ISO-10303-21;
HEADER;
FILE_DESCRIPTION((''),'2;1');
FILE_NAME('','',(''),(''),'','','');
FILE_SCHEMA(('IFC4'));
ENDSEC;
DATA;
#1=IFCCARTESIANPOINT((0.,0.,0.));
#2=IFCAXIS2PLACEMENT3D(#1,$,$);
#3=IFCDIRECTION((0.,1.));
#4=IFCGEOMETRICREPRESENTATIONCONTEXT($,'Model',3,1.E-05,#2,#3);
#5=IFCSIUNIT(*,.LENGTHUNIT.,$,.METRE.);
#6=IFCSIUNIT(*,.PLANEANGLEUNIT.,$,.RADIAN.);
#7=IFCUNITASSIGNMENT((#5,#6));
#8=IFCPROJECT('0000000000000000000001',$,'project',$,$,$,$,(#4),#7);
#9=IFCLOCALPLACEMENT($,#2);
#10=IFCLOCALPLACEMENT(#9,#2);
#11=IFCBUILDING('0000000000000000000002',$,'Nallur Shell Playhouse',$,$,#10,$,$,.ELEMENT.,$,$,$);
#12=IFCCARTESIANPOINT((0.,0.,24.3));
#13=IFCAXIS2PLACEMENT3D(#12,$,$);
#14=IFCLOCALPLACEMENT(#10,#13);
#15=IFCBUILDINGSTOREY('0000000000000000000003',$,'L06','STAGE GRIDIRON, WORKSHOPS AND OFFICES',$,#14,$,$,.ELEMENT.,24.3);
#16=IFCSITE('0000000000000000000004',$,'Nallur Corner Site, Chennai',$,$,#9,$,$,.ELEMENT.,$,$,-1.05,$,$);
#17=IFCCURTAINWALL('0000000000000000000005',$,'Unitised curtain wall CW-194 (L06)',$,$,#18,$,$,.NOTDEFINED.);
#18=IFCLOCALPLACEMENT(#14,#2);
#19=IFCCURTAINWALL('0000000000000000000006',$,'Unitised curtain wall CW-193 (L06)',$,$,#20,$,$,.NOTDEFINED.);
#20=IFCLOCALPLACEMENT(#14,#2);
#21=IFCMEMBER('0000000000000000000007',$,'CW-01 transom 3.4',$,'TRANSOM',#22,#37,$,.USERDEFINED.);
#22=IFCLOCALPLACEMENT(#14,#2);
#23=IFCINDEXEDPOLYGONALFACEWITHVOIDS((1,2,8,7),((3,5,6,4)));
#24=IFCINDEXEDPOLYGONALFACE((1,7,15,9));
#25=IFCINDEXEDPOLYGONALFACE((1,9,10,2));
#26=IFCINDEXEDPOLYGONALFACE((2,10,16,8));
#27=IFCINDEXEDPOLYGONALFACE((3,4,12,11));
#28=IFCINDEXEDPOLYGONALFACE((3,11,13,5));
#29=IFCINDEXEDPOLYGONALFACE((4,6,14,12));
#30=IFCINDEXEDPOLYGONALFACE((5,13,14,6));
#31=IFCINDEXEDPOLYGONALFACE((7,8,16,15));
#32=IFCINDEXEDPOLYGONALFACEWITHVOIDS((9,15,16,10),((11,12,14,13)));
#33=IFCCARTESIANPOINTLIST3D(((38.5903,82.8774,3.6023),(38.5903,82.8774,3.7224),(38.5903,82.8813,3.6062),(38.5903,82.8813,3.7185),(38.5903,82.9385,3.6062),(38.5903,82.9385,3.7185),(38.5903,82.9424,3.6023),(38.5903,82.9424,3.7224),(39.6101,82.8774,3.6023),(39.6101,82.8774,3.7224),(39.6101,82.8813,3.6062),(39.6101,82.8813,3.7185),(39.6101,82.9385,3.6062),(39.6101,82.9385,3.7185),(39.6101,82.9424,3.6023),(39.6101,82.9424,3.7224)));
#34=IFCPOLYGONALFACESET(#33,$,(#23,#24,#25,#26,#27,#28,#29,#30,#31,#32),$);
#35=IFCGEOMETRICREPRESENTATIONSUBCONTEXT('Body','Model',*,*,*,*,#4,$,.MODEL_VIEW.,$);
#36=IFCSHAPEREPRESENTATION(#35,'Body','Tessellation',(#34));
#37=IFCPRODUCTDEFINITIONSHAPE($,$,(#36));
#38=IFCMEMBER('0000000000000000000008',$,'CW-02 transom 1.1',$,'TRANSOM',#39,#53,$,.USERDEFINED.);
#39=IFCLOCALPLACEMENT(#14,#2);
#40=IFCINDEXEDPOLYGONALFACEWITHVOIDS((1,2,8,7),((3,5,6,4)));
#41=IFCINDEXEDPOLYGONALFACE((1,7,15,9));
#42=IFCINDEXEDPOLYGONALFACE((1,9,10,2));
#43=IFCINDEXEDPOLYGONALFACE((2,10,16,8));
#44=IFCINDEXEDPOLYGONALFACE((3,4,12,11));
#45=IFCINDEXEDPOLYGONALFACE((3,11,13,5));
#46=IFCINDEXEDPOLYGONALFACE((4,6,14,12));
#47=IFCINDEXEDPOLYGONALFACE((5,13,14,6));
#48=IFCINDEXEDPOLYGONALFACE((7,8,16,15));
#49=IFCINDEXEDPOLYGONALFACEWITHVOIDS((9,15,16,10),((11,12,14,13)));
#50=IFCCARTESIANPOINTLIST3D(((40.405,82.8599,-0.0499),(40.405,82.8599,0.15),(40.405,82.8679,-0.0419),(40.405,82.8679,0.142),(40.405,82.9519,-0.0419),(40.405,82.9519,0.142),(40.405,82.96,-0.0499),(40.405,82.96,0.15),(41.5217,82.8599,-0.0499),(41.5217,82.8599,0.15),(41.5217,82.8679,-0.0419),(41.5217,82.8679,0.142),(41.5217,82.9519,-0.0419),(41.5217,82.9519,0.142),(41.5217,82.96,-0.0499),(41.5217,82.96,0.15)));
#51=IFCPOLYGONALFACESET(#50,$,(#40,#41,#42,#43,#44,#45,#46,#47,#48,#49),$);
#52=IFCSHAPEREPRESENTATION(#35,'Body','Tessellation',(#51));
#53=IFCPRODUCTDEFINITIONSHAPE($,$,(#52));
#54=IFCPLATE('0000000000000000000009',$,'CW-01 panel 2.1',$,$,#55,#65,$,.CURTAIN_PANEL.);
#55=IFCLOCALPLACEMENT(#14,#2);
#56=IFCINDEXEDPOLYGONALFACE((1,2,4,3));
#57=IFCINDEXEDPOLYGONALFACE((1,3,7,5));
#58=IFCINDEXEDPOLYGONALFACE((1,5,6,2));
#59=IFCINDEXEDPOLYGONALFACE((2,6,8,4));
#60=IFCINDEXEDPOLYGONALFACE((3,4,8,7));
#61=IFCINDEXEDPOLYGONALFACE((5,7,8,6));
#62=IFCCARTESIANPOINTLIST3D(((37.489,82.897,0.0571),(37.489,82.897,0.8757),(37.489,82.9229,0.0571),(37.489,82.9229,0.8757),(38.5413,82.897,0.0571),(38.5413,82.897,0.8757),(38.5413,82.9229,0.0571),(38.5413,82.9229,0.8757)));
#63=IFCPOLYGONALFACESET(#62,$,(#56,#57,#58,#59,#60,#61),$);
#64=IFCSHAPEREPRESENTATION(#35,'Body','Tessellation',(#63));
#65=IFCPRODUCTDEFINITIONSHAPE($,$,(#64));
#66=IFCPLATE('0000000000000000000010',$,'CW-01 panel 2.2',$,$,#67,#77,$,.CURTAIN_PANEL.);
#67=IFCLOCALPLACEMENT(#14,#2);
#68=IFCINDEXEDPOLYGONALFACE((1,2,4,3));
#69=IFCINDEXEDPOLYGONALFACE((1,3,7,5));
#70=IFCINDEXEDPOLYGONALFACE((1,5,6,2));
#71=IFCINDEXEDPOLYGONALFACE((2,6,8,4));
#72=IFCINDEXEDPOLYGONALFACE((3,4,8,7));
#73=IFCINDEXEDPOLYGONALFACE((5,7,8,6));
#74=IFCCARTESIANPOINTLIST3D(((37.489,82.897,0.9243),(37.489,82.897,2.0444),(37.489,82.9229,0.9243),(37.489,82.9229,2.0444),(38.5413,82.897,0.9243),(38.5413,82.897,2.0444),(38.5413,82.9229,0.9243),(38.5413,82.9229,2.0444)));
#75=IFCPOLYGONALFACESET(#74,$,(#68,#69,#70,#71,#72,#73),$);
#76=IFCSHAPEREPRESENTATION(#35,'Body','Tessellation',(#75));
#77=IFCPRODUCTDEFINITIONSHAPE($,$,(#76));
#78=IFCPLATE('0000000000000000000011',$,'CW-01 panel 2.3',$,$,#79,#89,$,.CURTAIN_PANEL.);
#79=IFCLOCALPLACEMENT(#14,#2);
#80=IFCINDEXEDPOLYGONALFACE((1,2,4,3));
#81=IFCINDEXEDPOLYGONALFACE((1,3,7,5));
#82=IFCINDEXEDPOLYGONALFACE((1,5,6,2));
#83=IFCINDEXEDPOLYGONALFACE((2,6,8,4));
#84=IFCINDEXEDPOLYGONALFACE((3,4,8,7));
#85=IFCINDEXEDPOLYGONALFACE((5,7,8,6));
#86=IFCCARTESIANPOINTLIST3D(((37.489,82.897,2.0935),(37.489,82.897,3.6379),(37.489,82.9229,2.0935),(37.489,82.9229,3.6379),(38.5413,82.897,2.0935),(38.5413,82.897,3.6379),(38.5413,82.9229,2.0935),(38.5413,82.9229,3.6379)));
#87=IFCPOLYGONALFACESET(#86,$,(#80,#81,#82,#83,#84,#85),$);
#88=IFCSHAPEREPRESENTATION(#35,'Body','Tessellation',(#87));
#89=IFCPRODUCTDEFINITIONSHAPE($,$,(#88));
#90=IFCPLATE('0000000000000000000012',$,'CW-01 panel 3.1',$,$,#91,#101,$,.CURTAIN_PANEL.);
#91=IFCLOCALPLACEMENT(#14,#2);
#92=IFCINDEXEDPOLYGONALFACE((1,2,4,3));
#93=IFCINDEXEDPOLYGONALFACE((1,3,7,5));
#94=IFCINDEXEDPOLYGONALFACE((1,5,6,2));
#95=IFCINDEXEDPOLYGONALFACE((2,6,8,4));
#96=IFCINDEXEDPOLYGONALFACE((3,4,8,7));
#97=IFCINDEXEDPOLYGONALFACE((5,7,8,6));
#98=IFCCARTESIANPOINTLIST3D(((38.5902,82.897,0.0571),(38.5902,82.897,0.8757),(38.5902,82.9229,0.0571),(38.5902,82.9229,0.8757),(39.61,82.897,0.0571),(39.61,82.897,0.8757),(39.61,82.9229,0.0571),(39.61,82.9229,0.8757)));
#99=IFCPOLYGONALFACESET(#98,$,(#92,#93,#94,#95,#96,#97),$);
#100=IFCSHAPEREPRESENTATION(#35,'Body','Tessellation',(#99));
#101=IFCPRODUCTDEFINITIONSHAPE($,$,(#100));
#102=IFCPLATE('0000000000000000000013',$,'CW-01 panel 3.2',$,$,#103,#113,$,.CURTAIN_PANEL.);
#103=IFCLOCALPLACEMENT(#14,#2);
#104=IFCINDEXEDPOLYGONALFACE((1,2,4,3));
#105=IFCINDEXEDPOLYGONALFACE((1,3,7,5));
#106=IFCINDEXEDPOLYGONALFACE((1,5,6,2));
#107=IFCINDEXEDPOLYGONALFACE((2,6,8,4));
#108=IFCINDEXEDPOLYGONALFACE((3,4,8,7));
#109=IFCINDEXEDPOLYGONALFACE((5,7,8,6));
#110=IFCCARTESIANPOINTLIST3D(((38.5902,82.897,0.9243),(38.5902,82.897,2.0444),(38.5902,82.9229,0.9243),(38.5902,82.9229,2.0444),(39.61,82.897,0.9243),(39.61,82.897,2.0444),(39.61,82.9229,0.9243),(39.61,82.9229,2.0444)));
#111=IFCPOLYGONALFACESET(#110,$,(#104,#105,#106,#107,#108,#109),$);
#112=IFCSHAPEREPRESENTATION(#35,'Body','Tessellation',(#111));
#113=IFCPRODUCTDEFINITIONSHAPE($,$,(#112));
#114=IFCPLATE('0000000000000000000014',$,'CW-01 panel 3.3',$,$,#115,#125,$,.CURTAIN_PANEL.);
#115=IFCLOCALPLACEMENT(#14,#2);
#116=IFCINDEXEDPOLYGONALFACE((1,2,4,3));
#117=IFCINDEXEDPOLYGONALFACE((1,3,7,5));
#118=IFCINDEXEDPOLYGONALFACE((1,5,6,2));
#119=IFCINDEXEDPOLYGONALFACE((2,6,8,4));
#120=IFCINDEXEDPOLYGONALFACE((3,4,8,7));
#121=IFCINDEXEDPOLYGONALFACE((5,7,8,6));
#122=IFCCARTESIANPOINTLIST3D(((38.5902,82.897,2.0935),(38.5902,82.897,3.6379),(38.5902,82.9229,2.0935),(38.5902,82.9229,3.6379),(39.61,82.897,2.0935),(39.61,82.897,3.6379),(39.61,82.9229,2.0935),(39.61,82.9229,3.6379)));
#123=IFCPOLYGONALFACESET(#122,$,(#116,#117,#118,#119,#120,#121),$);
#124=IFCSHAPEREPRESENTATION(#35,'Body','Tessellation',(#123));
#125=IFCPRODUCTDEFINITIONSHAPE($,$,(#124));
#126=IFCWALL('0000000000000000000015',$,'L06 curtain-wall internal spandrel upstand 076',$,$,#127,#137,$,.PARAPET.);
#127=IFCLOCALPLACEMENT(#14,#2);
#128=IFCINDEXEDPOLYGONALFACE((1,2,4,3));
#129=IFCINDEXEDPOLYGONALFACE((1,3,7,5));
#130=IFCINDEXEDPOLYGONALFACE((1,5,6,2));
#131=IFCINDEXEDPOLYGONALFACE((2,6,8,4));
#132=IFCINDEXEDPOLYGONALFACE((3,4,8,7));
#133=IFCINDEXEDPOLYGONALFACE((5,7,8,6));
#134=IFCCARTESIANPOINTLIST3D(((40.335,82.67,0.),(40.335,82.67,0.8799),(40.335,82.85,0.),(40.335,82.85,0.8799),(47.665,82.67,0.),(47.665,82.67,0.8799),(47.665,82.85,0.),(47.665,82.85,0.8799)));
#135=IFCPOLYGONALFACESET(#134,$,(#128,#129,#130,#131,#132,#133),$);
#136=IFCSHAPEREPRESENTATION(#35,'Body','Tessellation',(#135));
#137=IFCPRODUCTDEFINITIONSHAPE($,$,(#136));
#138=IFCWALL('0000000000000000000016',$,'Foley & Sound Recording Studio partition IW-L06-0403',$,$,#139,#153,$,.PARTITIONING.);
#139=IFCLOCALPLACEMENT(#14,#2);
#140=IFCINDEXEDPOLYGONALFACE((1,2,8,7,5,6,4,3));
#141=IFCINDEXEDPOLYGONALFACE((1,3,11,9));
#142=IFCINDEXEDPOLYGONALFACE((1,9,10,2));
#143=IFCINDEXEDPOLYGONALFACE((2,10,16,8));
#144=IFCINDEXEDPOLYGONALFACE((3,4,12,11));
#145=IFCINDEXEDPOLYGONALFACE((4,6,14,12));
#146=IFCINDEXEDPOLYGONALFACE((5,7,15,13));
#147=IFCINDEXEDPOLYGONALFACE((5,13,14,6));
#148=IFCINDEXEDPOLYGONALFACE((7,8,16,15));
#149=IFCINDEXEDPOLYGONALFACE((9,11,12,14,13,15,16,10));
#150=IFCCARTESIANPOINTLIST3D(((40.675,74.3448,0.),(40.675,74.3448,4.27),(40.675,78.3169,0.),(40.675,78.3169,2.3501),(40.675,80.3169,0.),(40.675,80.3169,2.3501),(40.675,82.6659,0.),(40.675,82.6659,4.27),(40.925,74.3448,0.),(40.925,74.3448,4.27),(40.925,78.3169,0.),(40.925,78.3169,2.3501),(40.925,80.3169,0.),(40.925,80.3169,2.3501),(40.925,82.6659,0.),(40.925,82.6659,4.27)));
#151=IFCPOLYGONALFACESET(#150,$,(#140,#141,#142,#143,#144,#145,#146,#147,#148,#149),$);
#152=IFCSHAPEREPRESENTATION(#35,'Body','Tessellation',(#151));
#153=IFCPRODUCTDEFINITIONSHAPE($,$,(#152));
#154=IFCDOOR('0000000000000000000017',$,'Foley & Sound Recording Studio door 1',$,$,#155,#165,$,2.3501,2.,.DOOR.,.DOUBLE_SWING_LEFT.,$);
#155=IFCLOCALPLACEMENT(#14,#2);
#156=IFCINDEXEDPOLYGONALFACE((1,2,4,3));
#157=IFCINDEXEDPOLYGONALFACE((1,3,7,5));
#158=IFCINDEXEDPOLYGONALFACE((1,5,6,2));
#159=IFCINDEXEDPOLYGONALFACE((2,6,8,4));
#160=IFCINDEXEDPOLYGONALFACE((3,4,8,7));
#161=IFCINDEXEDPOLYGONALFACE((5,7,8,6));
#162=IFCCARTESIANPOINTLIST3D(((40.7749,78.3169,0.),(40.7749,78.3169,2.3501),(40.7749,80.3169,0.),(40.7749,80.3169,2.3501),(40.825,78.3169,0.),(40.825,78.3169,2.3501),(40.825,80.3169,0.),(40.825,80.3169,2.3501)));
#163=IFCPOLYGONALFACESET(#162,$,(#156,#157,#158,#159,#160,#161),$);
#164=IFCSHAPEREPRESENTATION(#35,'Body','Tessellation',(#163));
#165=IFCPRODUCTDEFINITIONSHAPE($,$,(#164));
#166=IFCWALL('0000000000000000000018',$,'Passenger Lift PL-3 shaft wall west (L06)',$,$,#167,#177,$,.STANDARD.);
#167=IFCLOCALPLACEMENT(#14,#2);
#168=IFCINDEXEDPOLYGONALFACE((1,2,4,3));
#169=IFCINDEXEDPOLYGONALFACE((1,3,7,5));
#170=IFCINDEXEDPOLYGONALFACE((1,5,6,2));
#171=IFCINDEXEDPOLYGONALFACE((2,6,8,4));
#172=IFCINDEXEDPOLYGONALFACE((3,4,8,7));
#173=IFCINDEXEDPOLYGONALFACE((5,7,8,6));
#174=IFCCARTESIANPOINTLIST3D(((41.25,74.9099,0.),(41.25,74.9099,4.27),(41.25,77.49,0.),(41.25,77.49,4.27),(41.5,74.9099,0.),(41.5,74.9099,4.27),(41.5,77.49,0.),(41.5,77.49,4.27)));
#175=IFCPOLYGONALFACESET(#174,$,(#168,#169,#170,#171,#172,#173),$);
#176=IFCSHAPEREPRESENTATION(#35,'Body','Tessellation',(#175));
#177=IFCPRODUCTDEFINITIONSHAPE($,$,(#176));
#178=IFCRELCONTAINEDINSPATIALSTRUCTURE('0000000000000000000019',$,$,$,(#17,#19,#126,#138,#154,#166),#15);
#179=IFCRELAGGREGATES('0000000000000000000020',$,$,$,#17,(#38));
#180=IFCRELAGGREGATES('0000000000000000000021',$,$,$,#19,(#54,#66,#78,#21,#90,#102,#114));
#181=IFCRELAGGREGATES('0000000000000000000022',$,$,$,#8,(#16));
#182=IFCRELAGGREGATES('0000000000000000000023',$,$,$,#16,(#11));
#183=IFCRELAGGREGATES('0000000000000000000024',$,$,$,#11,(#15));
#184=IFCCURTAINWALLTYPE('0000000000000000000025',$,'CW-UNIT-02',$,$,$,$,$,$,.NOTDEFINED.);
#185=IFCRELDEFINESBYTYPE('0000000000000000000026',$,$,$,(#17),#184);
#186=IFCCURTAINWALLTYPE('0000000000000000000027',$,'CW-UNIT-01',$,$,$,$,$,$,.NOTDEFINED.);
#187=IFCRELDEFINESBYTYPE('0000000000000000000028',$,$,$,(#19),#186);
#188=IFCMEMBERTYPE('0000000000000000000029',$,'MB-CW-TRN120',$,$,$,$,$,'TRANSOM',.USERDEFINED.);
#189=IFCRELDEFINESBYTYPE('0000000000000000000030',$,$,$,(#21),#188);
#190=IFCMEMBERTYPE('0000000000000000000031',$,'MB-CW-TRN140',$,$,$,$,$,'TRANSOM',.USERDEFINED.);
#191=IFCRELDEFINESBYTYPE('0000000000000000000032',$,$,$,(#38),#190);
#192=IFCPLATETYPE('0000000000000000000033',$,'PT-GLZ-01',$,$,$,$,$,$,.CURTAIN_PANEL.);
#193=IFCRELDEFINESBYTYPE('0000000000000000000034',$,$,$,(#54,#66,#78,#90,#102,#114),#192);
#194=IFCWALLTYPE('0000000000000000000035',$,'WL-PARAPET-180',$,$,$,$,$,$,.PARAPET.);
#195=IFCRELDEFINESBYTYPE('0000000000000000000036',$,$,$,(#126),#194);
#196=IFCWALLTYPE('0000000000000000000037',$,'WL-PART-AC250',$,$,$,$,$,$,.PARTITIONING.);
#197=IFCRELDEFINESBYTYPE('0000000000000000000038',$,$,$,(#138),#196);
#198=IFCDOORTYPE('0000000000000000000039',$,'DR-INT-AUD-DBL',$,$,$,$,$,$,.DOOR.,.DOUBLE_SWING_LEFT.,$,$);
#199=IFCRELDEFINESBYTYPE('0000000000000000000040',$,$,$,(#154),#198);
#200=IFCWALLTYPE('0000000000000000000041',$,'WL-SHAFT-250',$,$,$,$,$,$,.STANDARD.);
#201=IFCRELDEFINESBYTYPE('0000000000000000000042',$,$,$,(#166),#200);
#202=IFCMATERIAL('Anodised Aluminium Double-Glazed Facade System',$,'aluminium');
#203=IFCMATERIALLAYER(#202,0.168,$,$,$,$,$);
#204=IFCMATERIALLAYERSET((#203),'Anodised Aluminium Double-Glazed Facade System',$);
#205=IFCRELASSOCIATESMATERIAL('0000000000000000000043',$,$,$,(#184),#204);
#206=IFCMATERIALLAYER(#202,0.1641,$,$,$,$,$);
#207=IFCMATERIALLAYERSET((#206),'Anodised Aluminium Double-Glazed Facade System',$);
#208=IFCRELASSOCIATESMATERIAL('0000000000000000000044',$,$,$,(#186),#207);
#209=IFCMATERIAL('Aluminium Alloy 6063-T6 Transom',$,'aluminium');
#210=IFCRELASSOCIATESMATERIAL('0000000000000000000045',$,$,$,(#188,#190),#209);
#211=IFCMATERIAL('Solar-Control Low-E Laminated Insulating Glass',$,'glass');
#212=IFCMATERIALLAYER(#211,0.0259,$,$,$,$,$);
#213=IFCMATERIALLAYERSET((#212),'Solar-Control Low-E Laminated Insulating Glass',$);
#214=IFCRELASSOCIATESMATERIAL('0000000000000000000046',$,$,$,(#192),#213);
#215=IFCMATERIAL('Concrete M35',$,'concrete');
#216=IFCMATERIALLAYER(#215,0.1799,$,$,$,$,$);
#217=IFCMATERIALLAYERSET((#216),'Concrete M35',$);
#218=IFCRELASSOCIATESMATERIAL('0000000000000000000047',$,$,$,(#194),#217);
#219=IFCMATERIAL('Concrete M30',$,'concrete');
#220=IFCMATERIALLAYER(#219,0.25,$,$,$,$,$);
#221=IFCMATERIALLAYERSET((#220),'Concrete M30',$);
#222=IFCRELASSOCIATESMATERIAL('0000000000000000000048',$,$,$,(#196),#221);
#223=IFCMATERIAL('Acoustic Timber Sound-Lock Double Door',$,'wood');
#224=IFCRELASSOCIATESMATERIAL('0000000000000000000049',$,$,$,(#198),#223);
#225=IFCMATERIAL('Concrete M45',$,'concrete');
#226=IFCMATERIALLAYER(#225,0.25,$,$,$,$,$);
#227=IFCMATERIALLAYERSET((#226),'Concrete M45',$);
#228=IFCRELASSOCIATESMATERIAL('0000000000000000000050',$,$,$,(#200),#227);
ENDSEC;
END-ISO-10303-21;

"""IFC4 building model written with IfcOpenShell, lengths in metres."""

from ifc_helpers import new_model, si_unit, direction, frame, frame_2d, origin, origin_2d, place, context, subcontext, project, spatial, rectangle, hollow_rectangle, extrude, material, layer, layer_set, material_profile, profile_set, type_object, element, fill, aggregate, save


model = new_model("IFC4")

# Units and contexts
model_context = context("Model", 3, precision=1e-05, world=origin(), true_north=direction((0.0, 1.0)))
body_context = subcontext(model_context, "Body", "Model", "MODEL_VIEW")
ifc_project = project(units=[si_unit("LENGTHUNIT", "METRE"), si_unit("PLANEANGLEUNIT", "RADIAN")], contexts=[model_context])

# Site, building, storey
site_placement = place(None, origin())
site = spatial("IfcSite", under=ifc_project, at=site_placement, Name="Nallur Corner Site, Chennai", CompositionType="ELEMENT", RefElevation=-1.05)
building_placement = place(site_placement, origin())
building = spatial("IfcBuilding", under=site, at=building_placement, Name="Nallur Shell Playhouse", CompositionType="ELEMENT")
storey_placement = place(building_placement, frame((0.0, 0.0, 24.3)))
storey = spatial("IfcBuildingStorey", under=building, at=storey_placement, Name="L06", Description="STAGE GRIDIRON, WORKSHOPS AND OFFICES", CompositionType="ELEMENT", Elevation=24.3)

# Curtain wall
ifc_material_1 = material(Name="Anodised Aluminium Double-Glazed Facade System", Category="aluminium")
ifc_layer_1 = layer(ifc_material_1, 0.168)
ifc_layer_set_1 = layer_set([ifc_layer_1], Name="Anodised Aluminium Double-Glazed Facade System")
curtain_wall_type_1 = type_object("IfcCurtainWallType", Name="CW-UNIT-02", PredefinedType="NOTDEFINED", material=ifc_layer_set_1)
curtain_wall_1_placement = place(storey_placement, origin())
curtain_wall_1 = element("IfcCurtainWall", 1, at=curtain_wall_1_placement, inside=storey, type_object=curtain_wall_type_1, Name="Unitised curtain wall CW-194 (L06)", PredefinedType="NOTDEFINED")

# Curtain wall, member
ifc_layer_2 = layer(ifc_material_1, 0.1641)
ifc_layer_set_2 = layer_set([ifc_layer_2], Name="Anodised Aluminium Double-Glazed Facade System")
curtain_wall_type_2 = type_object("IfcCurtainWallType", Name="CW-UNIT-01", PredefinedType="NOTDEFINED", material=ifc_layer_set_2)
curtain_wall_2_placement = place(storey_placement, origin())
curtain_wall_2 = element("IfcCurtainWall", 2, at=curtain_wall_2_placement, inside=storey, type_object=curtain_wall_type_2, Name="Unitised curtain wall CW-193 (L06)", PredefinedType="NOTDEFINED")
ifc_material_2 = material(Name="Aluminium Alloy 6063-T6 Transom", Category="aluminium")
ifc_material_profile_1 = material_profile(ifc_material_2, hollow_rectangle(XDim=0.0649, YDim=0.1201, WallThickness=0.0039, at=origin_2d()), Name="ALU 65x120x4")
ifc_profile_set_1 = profile_set([ifc_material_profile_1], Name="Aluminium Alloy 6063-T6 Transom")
member_type_1 = type_object("IfcMemberType", Name="MB-CW-TRN120", ElementType="TRANSOM", PredefinedType="USERDEFINED", material=ifc_profile_set_1)
member_1_placement = place(storey_placement, frame((38.5903, 82.9099, 3.6624), z_axis=(1.0, 0.0, 0.0), x_axis=(0.0, 1.0, 0.0)))
member_1 = element("IfcMember", 3, at=member_1_placement, type_object=member_type_1, Name="CW-01 transom 3.4", ObjectType="TRANSOM", PredefinedType="USERDEFINED", context=body_context, shape_type="SweptSolid", body=[
    extrude(hollow_rectangle(XDim=0.0649, YDim=0.1201, WallThickness=0.0039, at=origin_2d()), origin(), (0.0, 0.0, 1.0), 1.0198),
])

# Member
ifc_material_profile_2 = material_profile(ifc_material_2, hollow_rectangle(XDim=0.1001, YDim=0.2, WallThickness=0.0081, at=origin_2d()), Name="RHS 200x100x8")
ifc_profile_set_2 = profile_set([ifc_material_profile_2], Name="Aluminium Alloy 6063-T6 Transom")
member_type_2 = type_object("IfcMemberType", Name="MB-CW-TRN140", ElementType="TRANSOM", PredefinedType="USERDEFINED", material=ifc_profile_set_2)
member_2_placement = place(storey_placement, frame((40.405, 82.9099, 0.05), z_axis=(1.0, 0.0, 0.0), x_axis=(0.0, 1.0, 0.0)))
member_2 = element("IfcMember", 4, at=member_2_placement, type_object=member_type_2, Name="CW-02 transom 1.1", ObjectType="TRANSOM", PredefinedType="USERDEFINED", context=body_context, shape_type="SweptSolid", body=[
    extrude(hollow_rectangle(XDim=0.1001, YDim=0.2, WallThickness=0.0081, at=origin_2d()), origin(), (0.0, 0.0, 1.0), 1.1167),
])
aggregate(curtain_wall_1, [member_2])

# Plates
ifc_material_3 = material(Name="Solar-Control Low-E Laminated Insulating Glass", Category="glass")
ifc_layer_3 = layer(ifc_material_3, 0.0259)
ifc_layer_set_3 = layer_set([ifc_layer_3], Name="Solar-Control Low-E Laminated Insulating Glass")
plate_type = type_object("IfcPlateType", Name="PT-GLZ-01", PredefinedType="CURTAIN_PANEL", material=ifc_layer_set_3)
plate_1_placement = place(storey_placement, frame((38.0151, 82.9099, 0.0571), z_axis=(0.0, 0.0, 1.0), x_axis=(1.0, 0.0, 0.0)))
plate_1 = element("IfcPlate", 5, at=plate_1_placement, type_object=plate_type, Name="CW-01 panel 2.1", PredefinedType="CURTAIN_PANEL", context=body_context, shape_type="SweptSolid", body=[
    extrude(rectangle(XDim=1.0522, YDim=0.0259, at=origin_2d()), origin(), (0.0, 0.0, 1.0), 0.8186),
])
plate_2_placement = place(storey_placement, frame((38.0151, 82.9099, 0.9243), z_axis=(0.0, 0.0, 1.0), x_axis=(1.0, 0.0, 0.0)))
plate_2 = element("IfcPlate", 6, at=plate_2_placement, type_object=plate_type, Name="CW-01 panel 2.2", PredefinedType="CURTAIN_PANEL", context=body_context, shape_type="SweptSolid", body=[
    extrude(rectangle(XDim=1.0522, YDim=0.0259, at=origin_2d()), origin(), (0.0, 0.0, 1.0), 1.1201),
])
plate_3_placement = place(storey_placement, frame((38.0151, 82.9099, 2.0935), z_axis=(0.0, 0.0, 1.0), x_axis=(1.0, 0.0, 0.0)))
plate_3 = element("IfcPlate", 7, at=plate_3_placement, type_object=plate_type, Name="CW-01 panel 2.3", PredefinedType="CURTAIN_PANEL", context=body_context, shape_type="SweptSolid", body=[
    extrude(rectangle(XDim=1.0522, YDim=0.0259, at=origin_2d()), origin(), (0.0, 0.0, 1.0), 1.5444),
])
plate_4_placement = place(storey_placement, frame((39.1001, 82.9099, 0.0571), z_axis=(0.0, 0.0, 1.0), x_axis=(1.0, 0.0, 0.0)))
plate_4 = element("IfcPlate", 8, at=plate_4_placement, type_object=plate_type, Name="CW-01 panel 3.1", PredefinedType="CURTAIN_PANEL", context=body_context, shape_type="SweptSolid", body=[
    extrude(rectangle(XDim=1.0198, YDim=0.0259, at=origin_2d()), origin(), (0.0, 0.0, 1.0), 0.8186),
])
plate_5_placement = place(storey_placement, frame((39.1001, 82.9099, 0.9243), z_axis=(0.0, 0.0, 1.0), x_axis=(1.0, 0.0, 0.0)))
plate_5 = element("IfcPlate", 9, at=plate_5_placement, type_object=plate_type, Name="CW-01 panel 3.2", PredefinedType="CURTAIN_PANEL", context=body_context, shape_type="SweptSolid", body=[
    extrude(rectangle(XDim=1.0198, YDim=0.0259, at=origin_2d()), origin(), (0.0, 0.0, 1.0), 1.1201),
])
plate_6_placement = place(storey_placement, frame((39.1001, 82.9099, 2.0935), z_axis=(0.0, 0.0, 1.0), x_axis=(1.0, 0.0, 0.0)))
plate_6 = element("IfcPlate", 10, at=plate_6_placement, type_object=plate_type, Name="CW-01 panel 3.3", PredefinedType="CURTAIN_PANEL", context=body_context, shape_type="SweptSolid", body=[
    extrude(rectangle(XDim=1.0198, YDim=0.0259, at=origin_2d()), origin(), (0.0, 0.0, 1.0), 1.5444),
])
aggregate(curtain_wall_2, [plate_1, plate_2, plate_3, member_1, plate_4, plate_5, plate_6])

# Wall
ifc_material_4 = material(Name="Concrete M35", Category="concrete")
ifc_layer_4 = layer(ifc_material_4, 0.1799)
ifc_layer_set_4 = layer_set([ifc_layer_4], Name="Concrete M35")
wall_type_1 = type_object("IfcWallType", Name="WL-PARAPET-180", PredefinedType="PARAPET", material=ifc_layer_set_4)
wall_1_placement = place(storey_placement, frame((40.335, 82.76, 0.0), z_axis=(0.0, 0.0, 1.0), x_axis=(1.0, 0.0, 0.0)))
element("IfcWall", 11, at=wall_1_placement, inside=storey, type_object=wall_type_1, Name="L06 curtain-wall internal spandrel upstand 076", PredefinedType="PARAPET", context=body_context, shape_type="SweptSolid", body=[
    extrude(rectangle(XDim=7.3301, YDim=0.1799, at=frame_2d((3.665, 0.0))), origin(), (0.0, 0.0, 1.0), 0.8799),
])

# Wall, opening, door
ifc_material_5 = material(Name="Concrete M30", Category="concrete")
ifc_layer_5 = layer(ifc_material_5, 0.25)
ifc_layer_set_5 = layer_set([ifc_layer_5], Name="Concrete M30")
wall_type_2 = type_object("IfcWallType", Name="WL-PART-AC250", PredefinedType="PARTITIONING", material=ifc_layer_set_5)
wall_2_placement = place(storey_placement, frame((40.8, 82.666, 0.0), z_axis=(0.0, 0.0, 1.0), x_axis=(0.0, -1.0, 0.0)))
wall_2 = element("IfcWall", 12, at=wall_2_placement, inside=storey, type_object=wall_type_2, Name="Foley & Sound Recording Studio partition IW-L06-0403", PredefinedType="PARTITIONING", context=body_context, shape_type="SweptSolid", body=[
    extrude(rectangle(XDim=8.321, YDim=0.25, at=frame_2d((4.1606, 0.0))), origin(), (0.0, 0.0, 1.0), 4.27),
])
opening_1_placement = place(wall_2_placement, frame((2.3491, 0.0, 0.0)))
opening_1 = element("IfcOpeningElement", 13, at=opening_1_placement, cuts=wall_2, PredefinedType="OPENING", context=body_context, shape_type="SweptSolid", body=[
    extrude(rectangle(XDim=2.0, YDim=2.3501, at=frame_2d((1.0, 1.175))), frame((0.0, 0.135, 0.0), z_axis=(0.0, -1.0, 0.0), x_axis=(1.0, 0.0, 0.0)), (0.0, 0.0, 1.0), 0.27),
])
ifc_material_6 = material(Name="Acoustic Timber Sound-Lock Double Door", Category="wood")
door_type_1 = type_object("IfcDoorType", Name="DR-INT-AUD-DBL", OperationType="DOUBLE_SWING_LEFT", PredefinedType="DOOR", material=ifc_material_6)
door_1_placement = place(opening_1_placement, origin())
door_1 = element("IfcDoor", 14, at=door_1_placement, inside=storey, type_object=door_type_1, Name="Foley & Sound Recording Studio door 1", OperationType="DOUBLE_SWING_LEFT", OverallHeight=2.3501, OverallWidth=2.0, PredefinedType="DOOR", context=body_context, shape_type="SweptSolid", body=[
    extrude(rectangle(XDim=2.0, YDim=2.3501, at=frame_2d((1.0, 1.175))), frame((0.0, 0.0249, 0.0), z_axis=(0.0, -1.0, 0.0), x_axis=(1.0, 0.0, 0.0)), (0.0, 0.0, 1.0), 0.05),
])
fill(opening_1, door_1)
ifc_material_7 = material(Name="Concrete M45", Category="concrete")
ifc_layer_6 = layer(ifc_material_7, 0.25)
ifc_layer_set_6 = layer_set([ifc_layer_6], Name="Concrete M45")
wall_type_3 = type_object("IfcWallType", Name="WL-SHAFT-250", PredefinedType="STANDARD", material=ifc_layer_set_6)

# Wall
wall_3_placement = place(storey_placement, frame((41.375, 77.49, 0.0), z_axis=(0.0, 0.0, 1.0), x_axis=(0.0, -1.0, 0.0)))
element("IfcWall", 15, at=wall_3_placement, inside=storey, type_object=wall_type_3, Name="Passenger Lift PL-3 shaft wall west (L06)", PredefinedType="STANDARD", context=body_context, shape_type="SweptSolid", body=[
    extrude(rectangle(XDim=2.5801, YDim=0.25, at=frame_2d((1.29, 0.0))), origin(), (0.0, 0.0, 1.0), 4.27),
])

save(model, "model.ifc")
